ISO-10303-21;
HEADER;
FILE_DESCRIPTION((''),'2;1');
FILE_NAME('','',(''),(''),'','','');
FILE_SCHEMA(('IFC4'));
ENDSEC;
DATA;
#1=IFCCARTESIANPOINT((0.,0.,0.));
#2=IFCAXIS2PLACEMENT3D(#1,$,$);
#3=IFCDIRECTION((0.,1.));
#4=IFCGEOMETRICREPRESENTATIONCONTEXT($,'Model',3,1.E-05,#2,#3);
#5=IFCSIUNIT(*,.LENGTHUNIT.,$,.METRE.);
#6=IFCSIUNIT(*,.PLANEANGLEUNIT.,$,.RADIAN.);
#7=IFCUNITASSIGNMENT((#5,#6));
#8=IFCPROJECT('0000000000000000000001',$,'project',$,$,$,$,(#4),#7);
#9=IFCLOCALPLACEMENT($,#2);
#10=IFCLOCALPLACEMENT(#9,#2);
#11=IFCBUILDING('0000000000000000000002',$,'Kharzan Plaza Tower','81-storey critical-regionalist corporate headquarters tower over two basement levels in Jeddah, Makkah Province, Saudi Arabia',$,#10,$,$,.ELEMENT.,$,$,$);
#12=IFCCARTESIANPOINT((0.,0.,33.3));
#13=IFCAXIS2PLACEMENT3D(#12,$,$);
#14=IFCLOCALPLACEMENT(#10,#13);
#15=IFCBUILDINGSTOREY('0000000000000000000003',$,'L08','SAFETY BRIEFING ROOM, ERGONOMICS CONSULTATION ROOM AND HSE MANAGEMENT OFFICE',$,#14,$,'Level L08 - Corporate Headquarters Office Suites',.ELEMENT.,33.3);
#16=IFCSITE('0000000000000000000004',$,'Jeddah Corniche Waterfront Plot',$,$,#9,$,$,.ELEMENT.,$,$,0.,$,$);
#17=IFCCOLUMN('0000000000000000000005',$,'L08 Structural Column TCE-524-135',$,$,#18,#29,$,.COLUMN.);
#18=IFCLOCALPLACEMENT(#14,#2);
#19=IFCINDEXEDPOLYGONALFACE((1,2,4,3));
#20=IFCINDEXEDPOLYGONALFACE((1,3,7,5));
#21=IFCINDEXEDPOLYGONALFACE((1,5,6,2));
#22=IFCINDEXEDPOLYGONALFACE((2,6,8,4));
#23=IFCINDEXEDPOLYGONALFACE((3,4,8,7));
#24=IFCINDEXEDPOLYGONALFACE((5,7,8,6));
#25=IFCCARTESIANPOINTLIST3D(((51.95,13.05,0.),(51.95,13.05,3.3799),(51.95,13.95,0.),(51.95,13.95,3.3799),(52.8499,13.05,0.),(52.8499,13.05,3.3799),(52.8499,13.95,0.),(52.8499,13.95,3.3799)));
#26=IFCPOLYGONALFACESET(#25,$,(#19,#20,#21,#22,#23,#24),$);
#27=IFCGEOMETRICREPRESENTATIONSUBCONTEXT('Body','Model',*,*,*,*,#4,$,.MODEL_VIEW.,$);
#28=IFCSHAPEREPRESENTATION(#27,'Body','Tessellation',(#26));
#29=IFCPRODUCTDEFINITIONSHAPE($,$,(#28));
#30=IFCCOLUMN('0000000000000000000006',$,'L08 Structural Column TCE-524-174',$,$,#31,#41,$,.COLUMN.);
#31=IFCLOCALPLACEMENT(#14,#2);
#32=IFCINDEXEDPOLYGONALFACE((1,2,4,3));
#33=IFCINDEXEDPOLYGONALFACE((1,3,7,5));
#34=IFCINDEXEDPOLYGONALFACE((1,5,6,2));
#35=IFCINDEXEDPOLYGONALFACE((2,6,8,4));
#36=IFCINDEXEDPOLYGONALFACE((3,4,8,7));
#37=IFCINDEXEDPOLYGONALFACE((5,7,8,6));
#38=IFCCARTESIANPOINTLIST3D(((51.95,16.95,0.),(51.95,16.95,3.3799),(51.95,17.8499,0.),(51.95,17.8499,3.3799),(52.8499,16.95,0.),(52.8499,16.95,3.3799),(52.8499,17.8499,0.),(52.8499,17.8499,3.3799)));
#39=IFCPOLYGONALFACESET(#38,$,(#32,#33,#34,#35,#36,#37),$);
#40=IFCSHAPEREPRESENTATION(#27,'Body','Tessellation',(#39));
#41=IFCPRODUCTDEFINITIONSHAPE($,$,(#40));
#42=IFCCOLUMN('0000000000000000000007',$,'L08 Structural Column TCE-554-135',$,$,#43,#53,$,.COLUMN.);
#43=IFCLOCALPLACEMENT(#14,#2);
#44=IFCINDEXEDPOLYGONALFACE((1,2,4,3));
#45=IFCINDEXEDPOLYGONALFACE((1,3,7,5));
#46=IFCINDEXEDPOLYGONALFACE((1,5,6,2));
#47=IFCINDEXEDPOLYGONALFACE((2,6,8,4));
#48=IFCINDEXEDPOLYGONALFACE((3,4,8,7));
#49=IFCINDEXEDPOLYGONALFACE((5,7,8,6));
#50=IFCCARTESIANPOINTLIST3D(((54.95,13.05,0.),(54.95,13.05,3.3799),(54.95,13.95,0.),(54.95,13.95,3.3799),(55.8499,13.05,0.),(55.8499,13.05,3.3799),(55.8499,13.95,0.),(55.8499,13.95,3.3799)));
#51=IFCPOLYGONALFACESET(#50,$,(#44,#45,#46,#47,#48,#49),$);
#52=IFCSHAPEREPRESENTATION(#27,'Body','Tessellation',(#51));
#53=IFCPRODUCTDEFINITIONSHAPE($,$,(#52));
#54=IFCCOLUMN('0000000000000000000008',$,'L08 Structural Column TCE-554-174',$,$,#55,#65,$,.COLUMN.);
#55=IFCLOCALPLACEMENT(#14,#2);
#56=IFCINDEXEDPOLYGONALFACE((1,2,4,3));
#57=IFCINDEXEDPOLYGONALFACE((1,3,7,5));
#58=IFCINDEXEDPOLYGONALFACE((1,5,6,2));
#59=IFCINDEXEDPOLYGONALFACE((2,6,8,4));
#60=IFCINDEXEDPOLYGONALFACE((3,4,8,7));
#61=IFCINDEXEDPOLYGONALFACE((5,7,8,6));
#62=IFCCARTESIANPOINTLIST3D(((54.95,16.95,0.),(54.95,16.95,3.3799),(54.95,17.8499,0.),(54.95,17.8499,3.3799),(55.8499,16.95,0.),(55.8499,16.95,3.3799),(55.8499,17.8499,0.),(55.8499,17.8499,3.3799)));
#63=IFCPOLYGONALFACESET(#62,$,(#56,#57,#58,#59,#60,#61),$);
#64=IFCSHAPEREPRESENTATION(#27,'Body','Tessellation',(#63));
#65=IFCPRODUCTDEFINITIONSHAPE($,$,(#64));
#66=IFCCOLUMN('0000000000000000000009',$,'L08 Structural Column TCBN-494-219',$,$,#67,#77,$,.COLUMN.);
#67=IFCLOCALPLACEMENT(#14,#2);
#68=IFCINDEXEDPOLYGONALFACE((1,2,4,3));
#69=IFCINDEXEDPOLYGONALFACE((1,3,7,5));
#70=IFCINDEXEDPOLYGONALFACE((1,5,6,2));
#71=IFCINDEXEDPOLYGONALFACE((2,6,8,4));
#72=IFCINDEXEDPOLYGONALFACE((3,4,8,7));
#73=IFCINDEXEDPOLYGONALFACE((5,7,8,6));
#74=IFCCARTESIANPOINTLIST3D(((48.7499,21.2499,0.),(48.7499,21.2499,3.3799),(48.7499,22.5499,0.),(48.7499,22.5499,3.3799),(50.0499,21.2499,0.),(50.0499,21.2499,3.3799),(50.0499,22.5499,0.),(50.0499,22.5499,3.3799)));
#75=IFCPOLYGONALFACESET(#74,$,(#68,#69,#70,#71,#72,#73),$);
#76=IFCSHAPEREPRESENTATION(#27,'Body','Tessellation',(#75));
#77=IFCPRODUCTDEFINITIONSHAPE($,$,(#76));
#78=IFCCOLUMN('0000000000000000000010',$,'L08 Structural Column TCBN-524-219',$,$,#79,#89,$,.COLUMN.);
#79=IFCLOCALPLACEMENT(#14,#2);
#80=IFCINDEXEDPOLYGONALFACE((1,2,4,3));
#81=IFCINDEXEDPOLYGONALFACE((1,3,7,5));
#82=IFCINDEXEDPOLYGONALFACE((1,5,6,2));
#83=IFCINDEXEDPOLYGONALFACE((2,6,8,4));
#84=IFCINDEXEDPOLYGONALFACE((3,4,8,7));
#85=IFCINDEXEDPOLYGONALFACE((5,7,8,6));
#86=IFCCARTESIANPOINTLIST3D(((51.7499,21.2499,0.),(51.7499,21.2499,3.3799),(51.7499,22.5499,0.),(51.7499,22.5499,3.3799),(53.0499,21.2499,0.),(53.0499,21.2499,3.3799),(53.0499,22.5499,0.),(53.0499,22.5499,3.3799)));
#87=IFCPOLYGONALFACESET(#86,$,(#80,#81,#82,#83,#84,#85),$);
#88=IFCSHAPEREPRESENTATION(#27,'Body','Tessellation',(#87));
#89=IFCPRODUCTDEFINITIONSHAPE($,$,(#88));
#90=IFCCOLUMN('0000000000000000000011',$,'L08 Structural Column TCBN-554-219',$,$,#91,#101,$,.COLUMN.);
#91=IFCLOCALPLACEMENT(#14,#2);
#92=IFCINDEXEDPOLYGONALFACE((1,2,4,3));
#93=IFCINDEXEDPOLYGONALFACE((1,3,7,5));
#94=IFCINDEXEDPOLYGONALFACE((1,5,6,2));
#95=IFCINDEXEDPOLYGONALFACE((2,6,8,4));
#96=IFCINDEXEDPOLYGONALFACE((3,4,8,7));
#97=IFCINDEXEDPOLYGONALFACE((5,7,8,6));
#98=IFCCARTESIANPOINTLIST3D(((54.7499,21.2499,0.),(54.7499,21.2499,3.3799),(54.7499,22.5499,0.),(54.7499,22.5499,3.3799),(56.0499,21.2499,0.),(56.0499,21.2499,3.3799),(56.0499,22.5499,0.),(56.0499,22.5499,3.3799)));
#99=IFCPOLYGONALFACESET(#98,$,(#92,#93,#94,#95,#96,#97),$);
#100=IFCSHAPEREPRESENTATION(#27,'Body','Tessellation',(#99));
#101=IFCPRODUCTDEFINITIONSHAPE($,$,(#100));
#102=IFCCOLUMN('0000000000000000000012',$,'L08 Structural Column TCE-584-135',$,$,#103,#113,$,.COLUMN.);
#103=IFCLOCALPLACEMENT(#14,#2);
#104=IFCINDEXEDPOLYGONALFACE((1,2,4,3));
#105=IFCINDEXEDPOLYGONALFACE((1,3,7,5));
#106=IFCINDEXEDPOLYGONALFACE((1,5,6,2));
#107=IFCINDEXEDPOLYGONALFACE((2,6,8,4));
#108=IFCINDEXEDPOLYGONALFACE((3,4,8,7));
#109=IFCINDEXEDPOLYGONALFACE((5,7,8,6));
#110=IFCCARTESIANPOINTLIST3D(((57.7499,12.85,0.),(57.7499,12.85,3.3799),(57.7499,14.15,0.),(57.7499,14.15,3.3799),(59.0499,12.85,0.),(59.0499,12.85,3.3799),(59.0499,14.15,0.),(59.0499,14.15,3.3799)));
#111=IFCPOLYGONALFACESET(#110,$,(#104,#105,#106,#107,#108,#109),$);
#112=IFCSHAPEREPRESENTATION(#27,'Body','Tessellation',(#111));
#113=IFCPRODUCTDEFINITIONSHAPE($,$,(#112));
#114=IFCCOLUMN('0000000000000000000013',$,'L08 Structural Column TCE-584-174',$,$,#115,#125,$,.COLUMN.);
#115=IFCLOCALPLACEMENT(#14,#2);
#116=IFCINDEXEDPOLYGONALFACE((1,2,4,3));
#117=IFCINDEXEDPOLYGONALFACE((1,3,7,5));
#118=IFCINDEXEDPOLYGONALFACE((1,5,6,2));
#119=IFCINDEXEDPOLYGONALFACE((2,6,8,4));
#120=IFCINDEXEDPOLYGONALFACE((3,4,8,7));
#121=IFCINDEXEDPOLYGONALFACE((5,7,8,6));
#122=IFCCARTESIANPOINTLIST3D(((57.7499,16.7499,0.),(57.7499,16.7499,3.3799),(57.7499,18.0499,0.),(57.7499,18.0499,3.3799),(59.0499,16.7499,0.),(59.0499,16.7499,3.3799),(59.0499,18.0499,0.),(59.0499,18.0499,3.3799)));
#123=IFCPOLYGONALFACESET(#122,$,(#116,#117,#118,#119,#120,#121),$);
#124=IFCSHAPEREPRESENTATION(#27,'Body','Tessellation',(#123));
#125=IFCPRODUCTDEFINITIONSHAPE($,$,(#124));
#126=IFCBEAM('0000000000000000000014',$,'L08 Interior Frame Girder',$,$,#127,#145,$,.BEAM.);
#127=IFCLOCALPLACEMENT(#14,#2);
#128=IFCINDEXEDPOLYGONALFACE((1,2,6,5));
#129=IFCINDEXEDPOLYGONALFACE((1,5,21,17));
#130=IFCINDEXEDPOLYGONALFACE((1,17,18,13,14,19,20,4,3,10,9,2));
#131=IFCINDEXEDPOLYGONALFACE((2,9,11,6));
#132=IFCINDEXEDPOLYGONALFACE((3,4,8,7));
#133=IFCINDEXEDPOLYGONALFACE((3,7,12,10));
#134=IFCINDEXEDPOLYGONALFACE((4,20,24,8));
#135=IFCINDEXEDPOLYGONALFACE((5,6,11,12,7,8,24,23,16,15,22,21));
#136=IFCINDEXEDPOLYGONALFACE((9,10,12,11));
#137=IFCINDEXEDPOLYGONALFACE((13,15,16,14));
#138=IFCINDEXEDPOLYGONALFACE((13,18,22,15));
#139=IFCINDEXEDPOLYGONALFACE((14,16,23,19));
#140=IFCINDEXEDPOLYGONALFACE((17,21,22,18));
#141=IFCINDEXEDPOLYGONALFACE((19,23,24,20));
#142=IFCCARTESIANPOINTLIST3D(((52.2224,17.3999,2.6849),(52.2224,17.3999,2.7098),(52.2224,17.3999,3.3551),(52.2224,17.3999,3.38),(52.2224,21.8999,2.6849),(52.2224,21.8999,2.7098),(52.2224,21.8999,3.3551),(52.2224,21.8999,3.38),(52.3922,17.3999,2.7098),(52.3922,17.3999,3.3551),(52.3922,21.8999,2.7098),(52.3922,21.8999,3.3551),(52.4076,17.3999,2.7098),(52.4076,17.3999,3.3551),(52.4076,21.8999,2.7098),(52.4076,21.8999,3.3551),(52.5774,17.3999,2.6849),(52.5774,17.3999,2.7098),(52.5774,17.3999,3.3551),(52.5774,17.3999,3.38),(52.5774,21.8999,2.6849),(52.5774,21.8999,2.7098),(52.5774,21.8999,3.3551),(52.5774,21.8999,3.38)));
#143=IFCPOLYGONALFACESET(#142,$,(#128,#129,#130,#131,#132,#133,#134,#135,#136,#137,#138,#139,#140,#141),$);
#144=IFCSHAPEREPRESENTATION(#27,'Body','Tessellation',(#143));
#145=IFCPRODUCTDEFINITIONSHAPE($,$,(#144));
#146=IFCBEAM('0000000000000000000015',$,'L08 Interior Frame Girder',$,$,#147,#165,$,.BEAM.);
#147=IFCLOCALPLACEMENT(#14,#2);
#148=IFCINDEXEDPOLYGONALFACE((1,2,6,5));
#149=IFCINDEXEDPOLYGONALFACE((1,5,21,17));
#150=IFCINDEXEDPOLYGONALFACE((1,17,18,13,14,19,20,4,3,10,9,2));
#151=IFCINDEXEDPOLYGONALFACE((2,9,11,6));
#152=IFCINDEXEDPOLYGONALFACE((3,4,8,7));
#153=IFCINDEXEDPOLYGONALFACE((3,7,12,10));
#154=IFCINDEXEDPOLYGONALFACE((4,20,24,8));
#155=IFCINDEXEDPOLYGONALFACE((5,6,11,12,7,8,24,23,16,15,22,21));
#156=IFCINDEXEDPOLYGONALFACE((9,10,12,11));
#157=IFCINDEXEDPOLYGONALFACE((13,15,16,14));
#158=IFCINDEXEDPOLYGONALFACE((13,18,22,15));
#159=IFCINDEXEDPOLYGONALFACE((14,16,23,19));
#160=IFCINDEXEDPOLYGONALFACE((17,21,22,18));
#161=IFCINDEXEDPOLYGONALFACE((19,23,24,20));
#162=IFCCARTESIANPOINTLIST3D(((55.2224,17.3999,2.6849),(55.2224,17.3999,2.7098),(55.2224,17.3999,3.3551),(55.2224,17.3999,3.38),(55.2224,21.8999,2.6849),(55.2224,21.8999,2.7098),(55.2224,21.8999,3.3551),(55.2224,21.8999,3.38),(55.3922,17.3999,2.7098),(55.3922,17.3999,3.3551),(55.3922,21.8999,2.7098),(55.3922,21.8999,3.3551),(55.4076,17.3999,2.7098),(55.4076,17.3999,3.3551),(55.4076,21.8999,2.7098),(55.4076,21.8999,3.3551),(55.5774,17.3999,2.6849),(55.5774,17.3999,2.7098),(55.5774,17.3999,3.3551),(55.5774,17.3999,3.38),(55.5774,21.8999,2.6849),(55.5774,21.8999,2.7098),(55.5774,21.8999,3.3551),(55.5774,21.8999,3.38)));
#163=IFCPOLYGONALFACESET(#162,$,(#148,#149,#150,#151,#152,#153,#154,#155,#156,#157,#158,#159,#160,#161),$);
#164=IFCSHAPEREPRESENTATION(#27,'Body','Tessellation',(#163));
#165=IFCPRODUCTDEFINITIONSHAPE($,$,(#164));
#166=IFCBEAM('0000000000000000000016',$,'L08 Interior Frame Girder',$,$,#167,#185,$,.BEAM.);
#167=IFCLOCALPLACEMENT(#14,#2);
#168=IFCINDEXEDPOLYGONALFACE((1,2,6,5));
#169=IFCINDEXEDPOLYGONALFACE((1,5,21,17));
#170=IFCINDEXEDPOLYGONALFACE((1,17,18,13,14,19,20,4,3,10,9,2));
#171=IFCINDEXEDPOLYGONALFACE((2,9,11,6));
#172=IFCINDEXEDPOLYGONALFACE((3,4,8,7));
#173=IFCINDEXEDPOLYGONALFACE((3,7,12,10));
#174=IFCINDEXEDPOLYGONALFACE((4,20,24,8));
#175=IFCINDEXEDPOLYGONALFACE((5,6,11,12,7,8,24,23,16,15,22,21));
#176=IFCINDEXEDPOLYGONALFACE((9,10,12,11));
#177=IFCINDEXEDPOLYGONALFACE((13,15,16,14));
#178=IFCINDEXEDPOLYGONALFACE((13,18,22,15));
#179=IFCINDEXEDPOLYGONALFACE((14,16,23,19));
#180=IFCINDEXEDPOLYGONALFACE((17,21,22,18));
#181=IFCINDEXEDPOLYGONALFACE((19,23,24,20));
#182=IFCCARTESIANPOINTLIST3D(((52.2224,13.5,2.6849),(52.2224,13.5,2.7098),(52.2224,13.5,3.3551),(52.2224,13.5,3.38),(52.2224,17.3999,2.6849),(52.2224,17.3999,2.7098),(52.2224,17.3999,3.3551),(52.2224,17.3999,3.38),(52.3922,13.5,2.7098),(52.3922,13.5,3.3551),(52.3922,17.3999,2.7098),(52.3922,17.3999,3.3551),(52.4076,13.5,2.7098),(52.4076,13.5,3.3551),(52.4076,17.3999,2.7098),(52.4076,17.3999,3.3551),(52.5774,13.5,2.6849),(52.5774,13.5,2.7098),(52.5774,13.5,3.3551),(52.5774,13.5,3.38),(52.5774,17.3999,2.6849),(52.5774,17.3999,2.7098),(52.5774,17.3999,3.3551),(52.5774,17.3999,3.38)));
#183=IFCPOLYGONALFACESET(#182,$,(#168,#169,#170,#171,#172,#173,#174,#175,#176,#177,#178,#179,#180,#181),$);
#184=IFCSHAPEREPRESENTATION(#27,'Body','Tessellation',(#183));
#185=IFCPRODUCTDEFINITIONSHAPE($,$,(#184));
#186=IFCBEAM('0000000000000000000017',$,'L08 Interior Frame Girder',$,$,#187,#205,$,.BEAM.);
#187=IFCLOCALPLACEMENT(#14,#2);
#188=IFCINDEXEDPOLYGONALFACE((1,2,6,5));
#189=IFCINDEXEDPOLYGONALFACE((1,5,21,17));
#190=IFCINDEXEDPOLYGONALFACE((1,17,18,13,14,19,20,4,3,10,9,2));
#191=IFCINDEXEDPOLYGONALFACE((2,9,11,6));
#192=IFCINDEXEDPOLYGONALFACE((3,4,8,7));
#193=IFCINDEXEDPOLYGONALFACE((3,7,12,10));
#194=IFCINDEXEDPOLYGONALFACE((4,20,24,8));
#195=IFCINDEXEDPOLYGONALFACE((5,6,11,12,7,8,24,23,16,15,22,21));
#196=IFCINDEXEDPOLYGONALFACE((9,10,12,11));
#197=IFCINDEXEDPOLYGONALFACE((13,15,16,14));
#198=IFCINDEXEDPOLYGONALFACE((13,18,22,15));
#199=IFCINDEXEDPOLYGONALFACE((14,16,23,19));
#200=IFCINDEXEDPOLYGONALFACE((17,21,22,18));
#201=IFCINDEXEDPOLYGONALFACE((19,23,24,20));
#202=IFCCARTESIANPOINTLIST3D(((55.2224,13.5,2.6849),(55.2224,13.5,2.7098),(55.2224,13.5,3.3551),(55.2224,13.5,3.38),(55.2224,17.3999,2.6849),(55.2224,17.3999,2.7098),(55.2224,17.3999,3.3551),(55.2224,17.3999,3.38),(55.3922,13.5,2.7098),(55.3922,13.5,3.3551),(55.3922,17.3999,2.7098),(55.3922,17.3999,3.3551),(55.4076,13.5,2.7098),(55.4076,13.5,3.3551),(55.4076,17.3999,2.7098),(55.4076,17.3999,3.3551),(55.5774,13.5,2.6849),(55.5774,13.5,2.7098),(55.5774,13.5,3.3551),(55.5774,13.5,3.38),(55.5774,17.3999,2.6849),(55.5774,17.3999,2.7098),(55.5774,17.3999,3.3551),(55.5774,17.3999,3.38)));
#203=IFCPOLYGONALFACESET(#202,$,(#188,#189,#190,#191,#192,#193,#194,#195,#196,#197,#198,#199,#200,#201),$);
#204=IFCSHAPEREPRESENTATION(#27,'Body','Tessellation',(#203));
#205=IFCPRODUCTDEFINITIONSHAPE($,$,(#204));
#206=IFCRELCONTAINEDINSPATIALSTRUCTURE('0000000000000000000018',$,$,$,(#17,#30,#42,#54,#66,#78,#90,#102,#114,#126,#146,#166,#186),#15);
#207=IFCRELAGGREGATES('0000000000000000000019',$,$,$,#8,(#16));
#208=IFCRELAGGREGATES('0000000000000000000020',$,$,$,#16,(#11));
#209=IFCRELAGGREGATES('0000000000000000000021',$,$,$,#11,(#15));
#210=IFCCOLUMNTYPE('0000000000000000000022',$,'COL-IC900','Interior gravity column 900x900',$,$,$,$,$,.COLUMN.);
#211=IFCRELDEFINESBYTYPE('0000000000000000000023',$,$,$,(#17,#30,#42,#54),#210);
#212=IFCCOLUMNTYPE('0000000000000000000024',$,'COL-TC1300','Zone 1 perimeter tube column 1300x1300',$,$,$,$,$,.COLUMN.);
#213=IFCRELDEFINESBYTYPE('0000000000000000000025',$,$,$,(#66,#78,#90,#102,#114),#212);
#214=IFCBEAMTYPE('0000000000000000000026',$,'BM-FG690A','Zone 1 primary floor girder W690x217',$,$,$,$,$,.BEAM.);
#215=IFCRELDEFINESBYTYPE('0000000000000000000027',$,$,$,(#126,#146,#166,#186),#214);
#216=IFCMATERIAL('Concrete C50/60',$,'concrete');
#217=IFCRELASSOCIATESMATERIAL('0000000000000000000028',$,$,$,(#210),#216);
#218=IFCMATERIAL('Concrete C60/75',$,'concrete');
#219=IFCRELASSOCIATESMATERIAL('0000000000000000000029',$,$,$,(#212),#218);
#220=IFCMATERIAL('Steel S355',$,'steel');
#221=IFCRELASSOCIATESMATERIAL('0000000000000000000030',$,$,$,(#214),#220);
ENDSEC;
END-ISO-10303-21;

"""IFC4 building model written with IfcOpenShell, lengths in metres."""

from ifc_helpers import new_model, si_unit, direction, frame, origin, origin_2d, place, context, subcontext, project, spatial, rectangle, i_section, extrude, source, transform, mapped, material, material_profile, profile_set, type_object, element, save


model = new_model("IFC4")

# Units and contexts
model_context = context("Model", 3, precision=1e-05, world=origin(), true_north=direction((0.0, 1.0)))
body_context = subcontext(model_context, "Body", "Model", "MODEL_VIEW")
ifc_project = project(units=[si_unit("LENGTHUNIT", "METRE"), si_unit("PLANEANGLEUNIT", "RADIAN")], contexts=[model_context])

# Site, building, storey
site_placement = place(None, origin())
site = spatial("IfcSite", under=ifc_project, at=site_placement, Name="Jeddah Corniche Waterfront Plot", CompositionType="ELEMENT", RefElevation=0.0)
building_placement = place(site_placement, origin())
building = spatial("IfcBuilding", under=site, at=building_placement, Name="Kharzan Plaza Tower", Description="81-storey critical-regionalist corporate headquarters tower over two basement levels in Jeddah, Makkah Province, Saudi Arabia", CompositionType="ELEMENT")
storey_placement = place(building_placement, frame((0.0, 0.0, 33.3)))
storey = spatial("IfcBuildingStorey", under=building, at=storey_placement, Name="L08", Description="SAFETY BRIEFING ROOM, ERGONOMICS CONSULTATION ROOM AND HSE MANAGEMENT OFFICE", LongName="Level L08 - Corporate Headquarters Office Suites", CompositionType="ELEMENT", Elevation=33.3)

# Columns
ifc_material_1 = material(Name="Concrete C50/60", Category="concrete")
ifc_material_profile_1 = material_profile(ifc_material_1, rectangle(XDim=0.8999, YDim=0.8999, at=origin_2d()), Name="RC-IC900x900")
ifc_profile_set_1 = profile_set([ifc_material_profile_1], Name="Concrete C50/60")
column_type_1 = type_object("IfcColumnType", Name="COL-IC900", Description="Interior gravity column 900x900", PredefinedType="COLUMN", material=ifc_profile_set_1)
shared_shape_1 = source(origin(), body_context, "Body", "SweptSolid", [
    extrude(rectangle(XDim=0.8999, YDim=0.8999, at=origin_2d()), origin(), (0.0, 0.0, 1.0), 3.3799),
])
for number, where, z_axis, x_axis, name in (
    (1, (52.3999, 13.5, 0.0), (0.0, 0.0, 1.0), (1.0, 0.0, 0.0), "L08 Structural Column TCE-524-135"),
    (2, (52.3999, 17.3999, 0.0), (0.0, 0.0, 1.0), (1.0, 0.0, 0.0), "L08 Structural Column TCE-524-174"),
    (3, (55.3999, 13.5, 0.0), (0.0, 0.0, 1.0), (1.0, 0.0, 0.0), "L08 Structural Column TCE-554-135"),
    (4, (55.3999, 17.3999, 0.0), (0.0, 0.0, 1.0), (1.0, 0.0, 0.0), "L08 Structural Column TCE-554-174"),
):
    element("IfcColumn", number, at=place(storey_placement, frame(where, z_axis=z_axis, x_axis=x_axis)), inside=storey, type_object=column_type_1, Name=name, PredefinedType="COLUMN", context=body_context, shape_type="MappedRepresentation", body=[
        mapped(shared_shape_1, transform((0.0, 0.0, 0.0), x_axis=(1.0, 0.0, 0.0), y_axis=(0.0, 1.0, 0.0), z_axis=(0.0, 0.0, 1.0))),
    ])
ifc_material_2 = material(Name="Concrete C60/75", Category="concrete")
ifc_material_profile_2 = material_profile(ifc_material_2, rectangle(XDim=1.3, YDim=1.3, at=origin_2d()), Name="RC-TC1300x1300")
ifc_profile_set_2 = profile_set([ifc_material_profile_2], Name="Concrete C60/75")
column_type_2 = type_object("IfcColumnType", Name="COL-TC1300", Description="Zone 1 perimeter tube column 1300x1300", PredefinedType="COLUMN", material=ifc_profile_set_2)
shared_shape_2 = source(origin(), body_context, "Body", "SweptSolid", [
    extrude(rectangle(XDim=1.3, YDim=1.3, at=origin_2d()), origin(), (0.0, 0.0, 1.0), 3.3799),
])
for number, where, z_axis, x_axis, name in (
    (5, (49.3999, 21.8999, 0.0), (0.0, 0.0, 1.0), (1.0, 0.0, 0.0), "L08 Structural Column TCBN-494-219"),
    (6, (52.3999, 21.8999, 0.0), (0.0, 0.0, 1.0), (1.0, 0.0, 0.0), "L08 Structural Column TCBN-524-219"),
    (7, (55.3999, 21.8999, 0.0), (0.0, 0.0, 1.0), (1.0, 0.0, 0.0), "L08 Structural Column TCBN-554-219"),
    (8, (58.3999, 13.5, 0.0), (0.0, 0.0, 1.0), (1.0, 0.0, 0.0), "L08 Structural Column TCE-584-135"),
    (9, (58.3999, 17.3999, 0.0), (0.0, 0.0, 1.0), (1.0, 0.0, 0.0), "L08 Structural Column TCE-584-174"),
):
    element("IfcColumn", number, at=place(storey_placement, frame(where, z_axis=z_axis, x_axis=x_axis)), inside=storey, type_object=column_type_2, Name=name, PredefinedType="COLUMN", context=body_context, shape_type="MappedRepresentation", body=[
        mapped(shared_shape_2, transform((0.0, 0.0, 0.0), x_axis=(1.0, 0.0, 0.0), y_axis=(0.0, 1.0, 0.0), z_axis=(0.0, 0.0, 1.0))),
    ])

# Beams
ifc_material_3 = material(Name="Steel S355", Category="steel")
ifc_material_profile_3 = material_profile(ifc_material_3, i_section(OverallWidth=0.355, OverallDepth=0.6951, WebThickness=0.0154, FlangeThickness=0.0249, at=origin_2d()), Name="W690x217")
ifc_profile_set_3 = profile_set([ifc_material_profile_3], Name="Steel S355")
beam_type_1 = type_object("IfcBeamType", Name="BM-FG690A", Description="Zone 1 primary floor girder W690x217", PredefinedType="BEAM", material=ifc_profile_set_3)
shared_shape_3 = source(origin(), body_context, "Body", "SweptSolid", [
    extrude(i_section(OverallWidth=0.355, OverallDepth=0.6951, WebThickness=0.0154, FlangeThickness=0.0249, at=origin_2d()), origin(), (0.0, 0.0, 1.0), 4.5),
])
for number, where, z_axis, x_axis, name in (
    (10, (52.3999, 17.3999, 3.0325), (0.0, 1.0, 0.0), (-1.0, 0.0, 0.0), "L08 Interior Frame Girder"),
    (11, (55.3999, 17.3999, 3.0325), (0.0, 1.0, 0.0), (-1.0, 0.0, 0.0), "L08 Interior Frame Girder"),
):
    element("IfcBeam", number, at=place(storey_placement, frame(where, z_axis=z_axis, x_axis=x_axis)), inside=storey, type_object=beam_type_1, Name=name, PredefinedType="BEAM", context=body_context, shape_type="MappedRepresentation", body=[
        mapped(shared_shape_3, transform((0.0, 0.0, 0.0), x_axis=(1.0, 0.0, 0.0), y_axis=(0.0, 1.0, 0.0), z_axis=(0.0, 0.0, 1.0))),
    ])
shared_shape_4 = source(origin(), body_context, "Body", "SweptSolid", [
    extrude(i_section(OverallWidth=0.355, OverallDepth=0.6951, WebThickness=0.0154, FlangeThickness=0.0249, at=origin_2d()), origin(), (0.0, 0.0, 1.0), 3.8999),
])
for number, where, z_axis, x_axis, name in (
    (12, (52.3999, 13.5, 3.0325), (0.0, 1.0, 0.0), (-1.0, 0.0, 0.0), "L08 Interior Frame Girder"),
    (13, (55.3999, 13.5, 3.0325), (0.0, 1.0, 0.0), (-1.0, 0.0, 0.0), "L08 Interior Frame Girder"),
):
    element("IfcBeam", number, at=place(storey_placement, frame(where, z_axis=z_axis, x_axis=x_axis)), inside=storey, type_object=beam_type_1, Name=name, PredefinedType="BEAM", context=body_context, shape_type="MappedRepresentation", body=[
        mapped(shared_shape_4, transform((0.0, 0.0, 0.0), x_axis=(1.0, 0.0, 0.0), y_axis=(0.0, 1.0, 0.0), z_axis=(0.0, 0.0, 1.0))),
    ])

save(model, "model.ifc")
